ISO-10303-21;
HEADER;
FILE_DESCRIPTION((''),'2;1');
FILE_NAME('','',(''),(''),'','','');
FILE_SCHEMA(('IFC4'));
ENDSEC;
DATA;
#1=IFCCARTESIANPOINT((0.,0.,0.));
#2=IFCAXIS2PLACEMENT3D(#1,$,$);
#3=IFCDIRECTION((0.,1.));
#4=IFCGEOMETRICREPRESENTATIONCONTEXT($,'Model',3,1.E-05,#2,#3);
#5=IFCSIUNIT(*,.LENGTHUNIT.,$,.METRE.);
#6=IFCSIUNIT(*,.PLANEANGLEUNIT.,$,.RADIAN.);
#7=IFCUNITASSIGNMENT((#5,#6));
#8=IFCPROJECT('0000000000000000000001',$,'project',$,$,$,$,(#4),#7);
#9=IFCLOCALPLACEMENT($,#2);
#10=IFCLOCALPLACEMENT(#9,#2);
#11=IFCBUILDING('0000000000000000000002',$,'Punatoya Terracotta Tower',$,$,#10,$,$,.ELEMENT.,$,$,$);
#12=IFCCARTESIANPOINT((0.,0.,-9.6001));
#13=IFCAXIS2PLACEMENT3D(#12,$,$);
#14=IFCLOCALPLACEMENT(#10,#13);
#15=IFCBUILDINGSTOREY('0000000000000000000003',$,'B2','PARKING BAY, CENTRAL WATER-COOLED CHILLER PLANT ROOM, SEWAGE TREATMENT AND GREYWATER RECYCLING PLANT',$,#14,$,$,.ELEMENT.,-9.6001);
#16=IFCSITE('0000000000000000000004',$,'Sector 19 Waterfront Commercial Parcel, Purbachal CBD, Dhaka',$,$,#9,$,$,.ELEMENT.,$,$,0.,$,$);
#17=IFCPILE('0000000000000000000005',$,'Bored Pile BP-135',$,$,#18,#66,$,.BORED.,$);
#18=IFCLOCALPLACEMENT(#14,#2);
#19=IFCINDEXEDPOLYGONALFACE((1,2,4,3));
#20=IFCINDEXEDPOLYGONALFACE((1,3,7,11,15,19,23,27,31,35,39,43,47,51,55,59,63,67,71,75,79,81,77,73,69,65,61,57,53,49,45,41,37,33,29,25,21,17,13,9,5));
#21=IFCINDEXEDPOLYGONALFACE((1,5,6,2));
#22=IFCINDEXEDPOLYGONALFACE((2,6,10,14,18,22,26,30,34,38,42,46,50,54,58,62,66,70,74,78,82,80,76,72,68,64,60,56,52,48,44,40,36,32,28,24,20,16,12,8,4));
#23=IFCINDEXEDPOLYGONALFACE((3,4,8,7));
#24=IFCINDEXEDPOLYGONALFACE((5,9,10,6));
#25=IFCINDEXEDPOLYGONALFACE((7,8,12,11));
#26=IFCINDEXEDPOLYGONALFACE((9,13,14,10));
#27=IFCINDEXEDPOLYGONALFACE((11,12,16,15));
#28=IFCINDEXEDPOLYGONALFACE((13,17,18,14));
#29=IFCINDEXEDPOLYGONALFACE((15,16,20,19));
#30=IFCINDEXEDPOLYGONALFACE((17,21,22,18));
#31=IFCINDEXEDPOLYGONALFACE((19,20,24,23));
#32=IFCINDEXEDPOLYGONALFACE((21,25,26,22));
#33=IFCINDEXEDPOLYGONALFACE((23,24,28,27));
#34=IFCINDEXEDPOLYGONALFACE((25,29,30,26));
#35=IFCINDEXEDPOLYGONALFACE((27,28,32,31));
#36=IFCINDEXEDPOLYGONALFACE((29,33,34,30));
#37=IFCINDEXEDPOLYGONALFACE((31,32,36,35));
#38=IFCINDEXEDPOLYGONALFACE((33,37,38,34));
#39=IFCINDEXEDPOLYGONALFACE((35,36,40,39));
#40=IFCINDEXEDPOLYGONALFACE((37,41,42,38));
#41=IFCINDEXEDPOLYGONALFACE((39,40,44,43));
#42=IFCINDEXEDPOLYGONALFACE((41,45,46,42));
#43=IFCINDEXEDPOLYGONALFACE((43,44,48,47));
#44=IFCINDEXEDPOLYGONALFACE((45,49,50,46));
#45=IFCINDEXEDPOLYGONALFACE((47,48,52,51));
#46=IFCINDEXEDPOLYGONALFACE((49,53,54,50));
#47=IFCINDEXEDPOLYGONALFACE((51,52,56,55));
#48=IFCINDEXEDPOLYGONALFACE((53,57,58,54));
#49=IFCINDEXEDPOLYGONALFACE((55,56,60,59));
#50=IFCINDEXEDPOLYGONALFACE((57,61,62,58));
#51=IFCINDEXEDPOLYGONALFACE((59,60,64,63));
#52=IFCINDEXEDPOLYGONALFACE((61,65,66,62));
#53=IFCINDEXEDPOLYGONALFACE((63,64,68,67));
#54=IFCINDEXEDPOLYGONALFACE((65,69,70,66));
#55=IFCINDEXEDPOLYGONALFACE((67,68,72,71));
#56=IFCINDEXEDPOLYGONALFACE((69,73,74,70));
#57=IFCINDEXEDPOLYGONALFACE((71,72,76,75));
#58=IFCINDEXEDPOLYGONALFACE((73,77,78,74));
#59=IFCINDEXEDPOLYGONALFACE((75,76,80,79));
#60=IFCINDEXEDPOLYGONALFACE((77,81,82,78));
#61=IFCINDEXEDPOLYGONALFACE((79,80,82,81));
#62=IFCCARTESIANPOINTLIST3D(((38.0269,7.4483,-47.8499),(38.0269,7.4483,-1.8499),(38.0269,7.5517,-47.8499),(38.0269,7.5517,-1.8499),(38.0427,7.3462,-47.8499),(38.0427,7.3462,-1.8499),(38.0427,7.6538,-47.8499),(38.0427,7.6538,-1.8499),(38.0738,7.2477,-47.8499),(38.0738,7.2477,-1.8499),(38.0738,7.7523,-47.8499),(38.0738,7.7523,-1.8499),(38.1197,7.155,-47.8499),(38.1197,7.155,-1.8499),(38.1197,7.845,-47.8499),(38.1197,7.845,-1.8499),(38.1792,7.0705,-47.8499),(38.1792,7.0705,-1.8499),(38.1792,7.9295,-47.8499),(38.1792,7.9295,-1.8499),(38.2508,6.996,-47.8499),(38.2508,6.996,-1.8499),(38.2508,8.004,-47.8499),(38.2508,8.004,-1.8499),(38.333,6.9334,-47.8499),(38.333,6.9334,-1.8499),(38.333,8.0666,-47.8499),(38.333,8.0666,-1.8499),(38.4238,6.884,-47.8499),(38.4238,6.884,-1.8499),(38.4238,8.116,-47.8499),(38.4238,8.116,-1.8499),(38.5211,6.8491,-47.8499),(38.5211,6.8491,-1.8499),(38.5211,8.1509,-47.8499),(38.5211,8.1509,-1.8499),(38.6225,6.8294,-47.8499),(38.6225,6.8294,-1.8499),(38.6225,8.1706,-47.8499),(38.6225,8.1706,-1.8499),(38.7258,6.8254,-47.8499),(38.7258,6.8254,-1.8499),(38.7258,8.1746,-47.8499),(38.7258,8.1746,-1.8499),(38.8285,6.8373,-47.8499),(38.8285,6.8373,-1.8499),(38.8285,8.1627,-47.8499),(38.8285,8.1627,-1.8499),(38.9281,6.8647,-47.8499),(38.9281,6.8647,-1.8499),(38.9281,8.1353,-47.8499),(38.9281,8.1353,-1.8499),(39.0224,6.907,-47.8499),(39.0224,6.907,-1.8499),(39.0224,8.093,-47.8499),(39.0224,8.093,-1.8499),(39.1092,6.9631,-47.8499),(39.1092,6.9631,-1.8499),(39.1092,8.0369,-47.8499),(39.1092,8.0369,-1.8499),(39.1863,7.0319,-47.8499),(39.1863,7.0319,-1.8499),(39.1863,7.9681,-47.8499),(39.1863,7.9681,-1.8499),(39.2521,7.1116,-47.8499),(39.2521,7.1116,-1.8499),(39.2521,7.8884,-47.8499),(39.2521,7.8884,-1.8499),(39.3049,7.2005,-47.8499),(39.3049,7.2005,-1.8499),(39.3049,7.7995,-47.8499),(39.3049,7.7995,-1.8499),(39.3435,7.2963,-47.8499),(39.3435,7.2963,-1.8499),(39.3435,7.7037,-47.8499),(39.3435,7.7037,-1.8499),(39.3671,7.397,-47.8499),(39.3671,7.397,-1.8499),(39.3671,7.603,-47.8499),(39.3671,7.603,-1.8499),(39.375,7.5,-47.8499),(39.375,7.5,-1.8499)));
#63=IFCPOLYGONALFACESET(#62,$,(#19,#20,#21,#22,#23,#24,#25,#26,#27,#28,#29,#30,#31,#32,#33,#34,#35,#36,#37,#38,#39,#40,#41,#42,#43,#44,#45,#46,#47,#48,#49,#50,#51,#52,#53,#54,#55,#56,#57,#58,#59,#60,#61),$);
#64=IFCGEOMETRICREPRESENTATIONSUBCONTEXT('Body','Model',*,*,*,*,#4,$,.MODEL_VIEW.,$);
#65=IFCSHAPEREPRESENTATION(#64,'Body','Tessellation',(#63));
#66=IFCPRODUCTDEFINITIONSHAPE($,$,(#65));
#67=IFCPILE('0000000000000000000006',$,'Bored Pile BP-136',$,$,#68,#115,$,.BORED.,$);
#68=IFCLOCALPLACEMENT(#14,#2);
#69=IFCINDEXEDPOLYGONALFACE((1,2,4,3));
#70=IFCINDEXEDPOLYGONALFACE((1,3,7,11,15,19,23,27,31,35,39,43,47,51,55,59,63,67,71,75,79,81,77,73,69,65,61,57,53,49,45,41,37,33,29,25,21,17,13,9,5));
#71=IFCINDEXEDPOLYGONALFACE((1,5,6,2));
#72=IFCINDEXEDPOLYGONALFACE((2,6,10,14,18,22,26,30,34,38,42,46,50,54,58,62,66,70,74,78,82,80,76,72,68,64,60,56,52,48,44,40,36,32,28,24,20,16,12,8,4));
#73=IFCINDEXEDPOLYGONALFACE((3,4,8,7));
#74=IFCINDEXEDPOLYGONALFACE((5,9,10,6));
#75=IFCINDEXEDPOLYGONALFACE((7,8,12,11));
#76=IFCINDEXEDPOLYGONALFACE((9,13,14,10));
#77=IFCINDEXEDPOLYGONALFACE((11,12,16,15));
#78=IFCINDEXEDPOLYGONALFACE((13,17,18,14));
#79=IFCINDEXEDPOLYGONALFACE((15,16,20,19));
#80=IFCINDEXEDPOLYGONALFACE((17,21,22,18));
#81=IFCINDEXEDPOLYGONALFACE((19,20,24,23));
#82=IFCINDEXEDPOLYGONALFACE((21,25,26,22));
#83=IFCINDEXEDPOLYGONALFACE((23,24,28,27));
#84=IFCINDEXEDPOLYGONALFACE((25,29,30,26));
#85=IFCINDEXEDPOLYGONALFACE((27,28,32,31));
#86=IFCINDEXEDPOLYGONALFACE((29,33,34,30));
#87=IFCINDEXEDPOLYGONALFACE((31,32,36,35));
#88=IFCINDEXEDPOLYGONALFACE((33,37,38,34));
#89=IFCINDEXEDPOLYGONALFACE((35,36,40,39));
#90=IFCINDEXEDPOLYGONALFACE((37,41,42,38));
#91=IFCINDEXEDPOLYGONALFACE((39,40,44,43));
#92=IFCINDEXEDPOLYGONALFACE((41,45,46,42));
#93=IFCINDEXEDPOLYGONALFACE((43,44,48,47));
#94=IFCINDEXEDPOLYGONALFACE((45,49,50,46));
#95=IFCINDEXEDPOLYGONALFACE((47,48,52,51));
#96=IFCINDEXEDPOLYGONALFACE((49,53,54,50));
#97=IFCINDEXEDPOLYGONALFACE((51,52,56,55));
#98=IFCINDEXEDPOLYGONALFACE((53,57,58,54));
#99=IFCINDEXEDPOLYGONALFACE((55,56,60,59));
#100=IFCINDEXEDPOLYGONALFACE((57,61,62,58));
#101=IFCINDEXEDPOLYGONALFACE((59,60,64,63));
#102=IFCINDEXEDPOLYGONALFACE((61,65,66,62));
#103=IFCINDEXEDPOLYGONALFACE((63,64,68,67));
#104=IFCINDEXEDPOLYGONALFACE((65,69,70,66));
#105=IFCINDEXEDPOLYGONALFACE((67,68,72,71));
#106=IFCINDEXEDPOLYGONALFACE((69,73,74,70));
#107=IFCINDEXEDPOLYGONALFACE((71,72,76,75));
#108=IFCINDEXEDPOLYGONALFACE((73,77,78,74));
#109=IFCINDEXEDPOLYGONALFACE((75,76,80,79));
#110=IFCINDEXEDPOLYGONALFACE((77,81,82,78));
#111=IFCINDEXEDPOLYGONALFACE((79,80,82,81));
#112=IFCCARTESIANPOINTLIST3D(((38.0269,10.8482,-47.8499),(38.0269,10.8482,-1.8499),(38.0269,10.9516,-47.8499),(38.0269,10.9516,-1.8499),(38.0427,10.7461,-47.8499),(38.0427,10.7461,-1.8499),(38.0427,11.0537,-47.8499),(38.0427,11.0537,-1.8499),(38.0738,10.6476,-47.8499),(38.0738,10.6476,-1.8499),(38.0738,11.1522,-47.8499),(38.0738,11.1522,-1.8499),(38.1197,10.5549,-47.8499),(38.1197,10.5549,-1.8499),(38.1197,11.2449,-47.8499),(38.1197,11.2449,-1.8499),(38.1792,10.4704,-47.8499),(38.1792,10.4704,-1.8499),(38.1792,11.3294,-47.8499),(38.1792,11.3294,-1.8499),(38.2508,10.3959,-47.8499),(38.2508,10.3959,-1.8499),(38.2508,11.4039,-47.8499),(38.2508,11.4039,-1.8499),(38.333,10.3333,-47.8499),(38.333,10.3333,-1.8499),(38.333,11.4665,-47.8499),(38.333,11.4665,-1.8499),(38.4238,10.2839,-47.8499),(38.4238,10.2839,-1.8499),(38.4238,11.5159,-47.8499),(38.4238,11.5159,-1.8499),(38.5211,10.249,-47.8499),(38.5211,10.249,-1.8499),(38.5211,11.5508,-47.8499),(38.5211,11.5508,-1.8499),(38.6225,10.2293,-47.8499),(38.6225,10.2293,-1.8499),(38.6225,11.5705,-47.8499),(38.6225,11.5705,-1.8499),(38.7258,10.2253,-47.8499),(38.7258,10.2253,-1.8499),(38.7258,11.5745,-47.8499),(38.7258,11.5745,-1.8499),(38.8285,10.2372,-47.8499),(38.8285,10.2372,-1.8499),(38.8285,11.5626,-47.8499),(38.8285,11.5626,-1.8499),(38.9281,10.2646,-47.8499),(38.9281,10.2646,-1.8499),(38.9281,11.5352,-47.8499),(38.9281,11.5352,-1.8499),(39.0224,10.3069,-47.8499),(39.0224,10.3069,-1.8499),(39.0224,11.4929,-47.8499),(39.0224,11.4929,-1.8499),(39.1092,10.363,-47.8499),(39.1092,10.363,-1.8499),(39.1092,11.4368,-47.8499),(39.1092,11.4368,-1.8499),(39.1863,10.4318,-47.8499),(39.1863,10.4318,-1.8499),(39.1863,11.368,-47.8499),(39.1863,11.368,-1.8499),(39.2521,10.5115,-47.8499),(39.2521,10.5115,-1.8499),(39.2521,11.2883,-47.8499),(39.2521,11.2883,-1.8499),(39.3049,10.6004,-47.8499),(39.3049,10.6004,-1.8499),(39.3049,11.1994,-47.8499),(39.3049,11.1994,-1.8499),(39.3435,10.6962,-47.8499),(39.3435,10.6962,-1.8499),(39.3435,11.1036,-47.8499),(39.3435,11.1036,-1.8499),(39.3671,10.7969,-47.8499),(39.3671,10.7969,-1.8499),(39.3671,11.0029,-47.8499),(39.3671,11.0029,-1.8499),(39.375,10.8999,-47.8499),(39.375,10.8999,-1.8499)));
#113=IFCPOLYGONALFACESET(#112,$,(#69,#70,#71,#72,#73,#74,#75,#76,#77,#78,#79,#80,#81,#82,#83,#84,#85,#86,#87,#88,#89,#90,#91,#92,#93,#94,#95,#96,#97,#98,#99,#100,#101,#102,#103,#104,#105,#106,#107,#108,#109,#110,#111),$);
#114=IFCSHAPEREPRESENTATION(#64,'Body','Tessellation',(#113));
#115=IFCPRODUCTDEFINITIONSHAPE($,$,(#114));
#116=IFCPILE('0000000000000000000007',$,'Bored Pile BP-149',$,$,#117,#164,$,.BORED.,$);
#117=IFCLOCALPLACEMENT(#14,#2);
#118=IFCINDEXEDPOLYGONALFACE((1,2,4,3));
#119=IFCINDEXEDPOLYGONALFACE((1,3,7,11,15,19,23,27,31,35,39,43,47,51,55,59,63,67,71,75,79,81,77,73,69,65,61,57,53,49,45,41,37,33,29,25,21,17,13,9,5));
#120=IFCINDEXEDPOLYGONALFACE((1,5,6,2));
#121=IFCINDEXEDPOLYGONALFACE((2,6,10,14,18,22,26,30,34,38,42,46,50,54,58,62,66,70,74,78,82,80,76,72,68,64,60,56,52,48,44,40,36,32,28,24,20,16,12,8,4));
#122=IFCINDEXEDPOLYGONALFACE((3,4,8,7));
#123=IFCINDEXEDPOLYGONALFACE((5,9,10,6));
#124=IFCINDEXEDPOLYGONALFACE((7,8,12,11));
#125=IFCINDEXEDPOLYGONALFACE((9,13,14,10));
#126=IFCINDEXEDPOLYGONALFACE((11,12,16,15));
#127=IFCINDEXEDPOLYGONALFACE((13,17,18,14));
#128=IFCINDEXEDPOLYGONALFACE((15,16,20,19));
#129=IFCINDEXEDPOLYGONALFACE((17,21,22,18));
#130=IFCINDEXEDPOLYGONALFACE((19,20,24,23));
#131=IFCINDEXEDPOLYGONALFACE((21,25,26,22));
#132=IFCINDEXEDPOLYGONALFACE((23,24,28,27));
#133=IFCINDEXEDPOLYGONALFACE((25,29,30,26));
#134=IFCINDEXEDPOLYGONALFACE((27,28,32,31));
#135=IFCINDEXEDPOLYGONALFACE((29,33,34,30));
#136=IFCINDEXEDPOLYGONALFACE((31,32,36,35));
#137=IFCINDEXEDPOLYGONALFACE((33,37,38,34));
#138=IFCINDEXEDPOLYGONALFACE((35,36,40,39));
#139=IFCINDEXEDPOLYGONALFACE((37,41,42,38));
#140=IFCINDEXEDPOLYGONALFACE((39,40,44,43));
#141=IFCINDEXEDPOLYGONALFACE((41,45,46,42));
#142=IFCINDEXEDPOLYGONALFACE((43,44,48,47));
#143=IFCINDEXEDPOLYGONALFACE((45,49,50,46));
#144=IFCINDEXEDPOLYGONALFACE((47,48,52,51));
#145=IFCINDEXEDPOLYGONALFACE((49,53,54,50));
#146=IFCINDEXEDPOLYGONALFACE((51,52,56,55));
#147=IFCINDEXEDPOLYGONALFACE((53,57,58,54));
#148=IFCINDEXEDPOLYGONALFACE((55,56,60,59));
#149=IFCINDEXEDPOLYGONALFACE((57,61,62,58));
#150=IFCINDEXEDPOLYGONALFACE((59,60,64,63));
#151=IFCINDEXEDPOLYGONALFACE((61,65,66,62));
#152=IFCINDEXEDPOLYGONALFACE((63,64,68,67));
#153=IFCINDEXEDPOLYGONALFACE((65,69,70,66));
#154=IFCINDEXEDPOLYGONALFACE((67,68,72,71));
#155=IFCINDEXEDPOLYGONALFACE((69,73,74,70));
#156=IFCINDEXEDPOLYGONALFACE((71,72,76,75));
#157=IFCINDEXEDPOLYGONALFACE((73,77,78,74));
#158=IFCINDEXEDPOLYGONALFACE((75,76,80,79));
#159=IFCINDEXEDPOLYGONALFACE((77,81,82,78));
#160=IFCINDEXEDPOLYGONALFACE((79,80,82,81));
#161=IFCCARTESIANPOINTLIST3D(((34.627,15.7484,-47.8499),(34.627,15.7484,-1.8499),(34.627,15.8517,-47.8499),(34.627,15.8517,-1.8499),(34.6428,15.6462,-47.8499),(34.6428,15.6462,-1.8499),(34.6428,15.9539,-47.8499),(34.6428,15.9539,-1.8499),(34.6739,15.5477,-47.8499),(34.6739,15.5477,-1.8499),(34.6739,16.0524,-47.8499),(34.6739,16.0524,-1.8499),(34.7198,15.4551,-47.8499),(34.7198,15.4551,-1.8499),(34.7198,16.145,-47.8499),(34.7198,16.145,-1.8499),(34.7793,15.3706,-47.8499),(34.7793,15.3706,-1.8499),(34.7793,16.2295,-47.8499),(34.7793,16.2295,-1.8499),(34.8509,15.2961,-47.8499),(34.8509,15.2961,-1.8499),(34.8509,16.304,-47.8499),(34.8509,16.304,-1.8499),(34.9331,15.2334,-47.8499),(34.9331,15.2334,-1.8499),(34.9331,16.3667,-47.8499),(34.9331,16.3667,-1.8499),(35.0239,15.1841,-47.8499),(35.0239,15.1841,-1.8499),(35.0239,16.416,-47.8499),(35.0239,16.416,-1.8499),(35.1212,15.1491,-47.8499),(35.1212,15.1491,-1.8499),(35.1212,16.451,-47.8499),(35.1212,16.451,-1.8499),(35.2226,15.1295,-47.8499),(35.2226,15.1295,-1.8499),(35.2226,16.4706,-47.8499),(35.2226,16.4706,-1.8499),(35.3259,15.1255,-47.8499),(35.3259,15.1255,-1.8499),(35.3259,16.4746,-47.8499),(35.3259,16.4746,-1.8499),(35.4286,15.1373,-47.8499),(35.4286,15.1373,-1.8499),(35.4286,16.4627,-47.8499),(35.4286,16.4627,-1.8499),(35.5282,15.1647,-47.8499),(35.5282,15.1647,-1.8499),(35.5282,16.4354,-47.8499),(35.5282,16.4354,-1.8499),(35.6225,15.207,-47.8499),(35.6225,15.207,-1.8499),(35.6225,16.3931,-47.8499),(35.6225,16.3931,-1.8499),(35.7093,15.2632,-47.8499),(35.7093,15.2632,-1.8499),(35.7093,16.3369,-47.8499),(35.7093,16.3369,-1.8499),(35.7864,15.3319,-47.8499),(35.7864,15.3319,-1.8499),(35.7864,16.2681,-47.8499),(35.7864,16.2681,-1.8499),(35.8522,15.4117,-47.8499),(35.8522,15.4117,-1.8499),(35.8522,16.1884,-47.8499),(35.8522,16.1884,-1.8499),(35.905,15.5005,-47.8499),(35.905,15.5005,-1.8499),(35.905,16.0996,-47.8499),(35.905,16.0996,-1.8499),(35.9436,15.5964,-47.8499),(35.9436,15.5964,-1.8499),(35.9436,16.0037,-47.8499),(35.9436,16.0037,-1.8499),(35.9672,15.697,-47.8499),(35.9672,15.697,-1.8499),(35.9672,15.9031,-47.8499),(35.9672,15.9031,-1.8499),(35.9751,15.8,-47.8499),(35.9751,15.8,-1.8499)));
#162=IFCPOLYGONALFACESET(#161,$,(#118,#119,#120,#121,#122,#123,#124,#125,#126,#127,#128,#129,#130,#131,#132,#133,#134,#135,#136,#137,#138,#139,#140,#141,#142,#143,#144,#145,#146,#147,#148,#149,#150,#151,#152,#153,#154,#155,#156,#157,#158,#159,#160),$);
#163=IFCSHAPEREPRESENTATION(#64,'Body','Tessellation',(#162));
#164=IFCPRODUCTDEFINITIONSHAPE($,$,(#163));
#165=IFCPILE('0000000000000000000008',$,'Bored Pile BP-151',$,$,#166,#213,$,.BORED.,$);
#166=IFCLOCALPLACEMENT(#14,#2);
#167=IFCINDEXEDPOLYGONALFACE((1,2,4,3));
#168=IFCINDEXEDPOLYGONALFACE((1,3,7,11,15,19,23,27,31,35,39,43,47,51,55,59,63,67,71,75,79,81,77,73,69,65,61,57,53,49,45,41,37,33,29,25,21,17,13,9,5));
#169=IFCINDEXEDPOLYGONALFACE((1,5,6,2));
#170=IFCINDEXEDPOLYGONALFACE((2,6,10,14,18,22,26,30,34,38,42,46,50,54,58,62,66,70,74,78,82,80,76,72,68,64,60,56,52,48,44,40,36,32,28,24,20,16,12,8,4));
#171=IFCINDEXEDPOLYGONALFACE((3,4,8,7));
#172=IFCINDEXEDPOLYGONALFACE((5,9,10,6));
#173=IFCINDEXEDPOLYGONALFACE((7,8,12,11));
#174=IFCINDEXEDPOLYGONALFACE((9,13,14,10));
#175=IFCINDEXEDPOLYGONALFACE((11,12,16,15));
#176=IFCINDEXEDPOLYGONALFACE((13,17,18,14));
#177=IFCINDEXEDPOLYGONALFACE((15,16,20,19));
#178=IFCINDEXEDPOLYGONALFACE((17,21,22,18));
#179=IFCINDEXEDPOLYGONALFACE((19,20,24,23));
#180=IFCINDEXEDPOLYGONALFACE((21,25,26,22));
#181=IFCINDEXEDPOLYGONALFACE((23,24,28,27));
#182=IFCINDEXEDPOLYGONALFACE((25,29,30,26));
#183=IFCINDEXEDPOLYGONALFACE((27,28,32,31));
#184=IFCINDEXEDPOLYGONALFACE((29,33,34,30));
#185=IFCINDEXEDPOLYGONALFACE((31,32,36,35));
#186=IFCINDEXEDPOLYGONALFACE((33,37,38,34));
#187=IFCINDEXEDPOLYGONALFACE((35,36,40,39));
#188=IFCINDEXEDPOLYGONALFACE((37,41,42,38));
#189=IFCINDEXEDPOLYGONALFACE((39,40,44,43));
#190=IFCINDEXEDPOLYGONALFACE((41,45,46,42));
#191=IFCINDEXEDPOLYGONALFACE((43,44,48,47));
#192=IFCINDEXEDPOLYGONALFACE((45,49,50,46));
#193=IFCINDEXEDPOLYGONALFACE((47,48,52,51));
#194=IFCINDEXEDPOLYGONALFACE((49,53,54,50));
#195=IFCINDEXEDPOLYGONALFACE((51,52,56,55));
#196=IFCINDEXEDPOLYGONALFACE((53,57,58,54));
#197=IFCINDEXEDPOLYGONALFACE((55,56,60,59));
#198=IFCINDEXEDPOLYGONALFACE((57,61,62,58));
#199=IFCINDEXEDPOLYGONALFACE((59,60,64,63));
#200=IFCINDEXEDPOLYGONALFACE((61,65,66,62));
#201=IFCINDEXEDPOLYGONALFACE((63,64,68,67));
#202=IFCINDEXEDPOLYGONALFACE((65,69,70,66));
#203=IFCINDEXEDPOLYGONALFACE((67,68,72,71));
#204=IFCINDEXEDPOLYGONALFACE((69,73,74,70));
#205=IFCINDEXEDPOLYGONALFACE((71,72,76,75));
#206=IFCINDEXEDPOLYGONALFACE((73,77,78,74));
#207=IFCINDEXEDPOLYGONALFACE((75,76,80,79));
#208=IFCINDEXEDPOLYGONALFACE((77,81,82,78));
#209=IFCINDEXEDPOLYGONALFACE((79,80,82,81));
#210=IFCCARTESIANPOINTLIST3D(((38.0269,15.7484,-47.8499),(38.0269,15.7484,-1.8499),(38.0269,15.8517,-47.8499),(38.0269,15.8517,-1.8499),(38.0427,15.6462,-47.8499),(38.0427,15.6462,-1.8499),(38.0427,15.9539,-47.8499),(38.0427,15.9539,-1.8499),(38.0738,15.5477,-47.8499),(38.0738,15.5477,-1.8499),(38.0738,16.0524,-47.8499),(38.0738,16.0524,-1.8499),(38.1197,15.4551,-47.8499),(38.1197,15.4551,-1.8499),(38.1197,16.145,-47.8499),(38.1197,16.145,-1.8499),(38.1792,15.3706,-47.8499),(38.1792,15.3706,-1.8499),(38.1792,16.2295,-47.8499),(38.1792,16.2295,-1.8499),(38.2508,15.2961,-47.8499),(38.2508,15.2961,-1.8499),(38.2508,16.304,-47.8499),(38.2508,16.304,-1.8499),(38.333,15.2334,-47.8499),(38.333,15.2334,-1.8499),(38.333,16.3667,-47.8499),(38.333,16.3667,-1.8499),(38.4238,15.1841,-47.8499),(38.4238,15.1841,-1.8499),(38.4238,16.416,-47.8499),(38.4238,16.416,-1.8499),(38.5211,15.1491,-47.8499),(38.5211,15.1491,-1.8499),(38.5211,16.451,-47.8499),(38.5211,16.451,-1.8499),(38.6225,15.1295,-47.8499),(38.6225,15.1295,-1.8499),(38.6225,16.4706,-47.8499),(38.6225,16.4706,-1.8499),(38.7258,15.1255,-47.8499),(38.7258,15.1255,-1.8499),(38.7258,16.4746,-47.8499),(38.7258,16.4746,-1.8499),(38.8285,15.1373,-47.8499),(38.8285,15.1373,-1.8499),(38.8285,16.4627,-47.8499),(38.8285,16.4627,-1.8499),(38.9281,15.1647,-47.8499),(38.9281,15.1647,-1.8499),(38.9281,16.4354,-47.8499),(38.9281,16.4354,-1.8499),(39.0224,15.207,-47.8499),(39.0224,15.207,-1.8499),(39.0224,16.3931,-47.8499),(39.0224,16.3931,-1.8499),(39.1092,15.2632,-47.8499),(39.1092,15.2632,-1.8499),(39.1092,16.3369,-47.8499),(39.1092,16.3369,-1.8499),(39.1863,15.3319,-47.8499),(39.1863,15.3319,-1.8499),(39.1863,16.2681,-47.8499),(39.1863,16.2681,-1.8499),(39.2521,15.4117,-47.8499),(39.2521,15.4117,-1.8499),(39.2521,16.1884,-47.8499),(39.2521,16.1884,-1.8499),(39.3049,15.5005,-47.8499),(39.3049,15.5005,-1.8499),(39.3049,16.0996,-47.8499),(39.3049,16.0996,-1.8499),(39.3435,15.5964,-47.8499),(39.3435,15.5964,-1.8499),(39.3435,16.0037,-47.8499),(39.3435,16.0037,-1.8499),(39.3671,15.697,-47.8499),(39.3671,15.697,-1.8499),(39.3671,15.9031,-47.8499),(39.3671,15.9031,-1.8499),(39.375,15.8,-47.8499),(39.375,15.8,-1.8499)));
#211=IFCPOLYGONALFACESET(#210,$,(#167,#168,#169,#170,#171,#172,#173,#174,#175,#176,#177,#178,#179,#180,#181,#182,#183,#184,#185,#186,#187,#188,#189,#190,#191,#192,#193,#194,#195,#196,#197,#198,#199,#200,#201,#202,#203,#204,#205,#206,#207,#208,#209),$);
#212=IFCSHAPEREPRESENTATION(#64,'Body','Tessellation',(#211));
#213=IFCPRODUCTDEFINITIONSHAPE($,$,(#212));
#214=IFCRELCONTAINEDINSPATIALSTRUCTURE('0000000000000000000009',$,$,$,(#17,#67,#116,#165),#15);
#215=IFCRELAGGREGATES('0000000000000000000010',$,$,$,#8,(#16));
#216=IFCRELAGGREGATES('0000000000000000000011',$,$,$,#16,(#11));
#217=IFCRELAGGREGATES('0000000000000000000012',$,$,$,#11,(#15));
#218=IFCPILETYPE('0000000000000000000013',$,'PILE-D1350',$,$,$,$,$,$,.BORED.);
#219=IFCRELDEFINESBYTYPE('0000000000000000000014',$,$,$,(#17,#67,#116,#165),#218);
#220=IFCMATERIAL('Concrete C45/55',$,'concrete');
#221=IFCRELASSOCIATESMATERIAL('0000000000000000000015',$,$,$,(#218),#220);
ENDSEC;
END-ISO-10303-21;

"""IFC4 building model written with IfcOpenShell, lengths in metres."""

from ifc_helpers import new_model, si_unit, direction, frame, origin, origin_2d, place, context, subcontext, project, spatial, circle, extrude, material, material_profile, profile_set, type_object, element, save


model = new_model("IFC4")

# Units and contexts
model_context = context("Model", 3, precision=1e-05, world=origin(), true_north=direction((0.0, 1.0)))
body_context = subcontext(model_context, "Body", "Model", "MODEL_VIEW")
ifc_project = project(units=[si_unit("LENGTHUNIT", "METRE"), si_unit("PLANEANGLEUNIT", "RADIAN")], contexts=[model_context])

# Site, building, storey
site_placement = place(None, origin())
site = spatial("IfcSite", under=ifc_project, at=site_placement, Name="Sector 19 Waterfront Commercial Parcel, Purbachal CBD, Dhaka", CompositionType="ELEMENT", RefElevation=0.0)
building_placement = place(site_placement, origin())
building = spatial("IfcBuilding", under=site, at=building_placement, Name="Punatoya Terracotta Tower", CompositionType="ELEMENT")
storey_placement = place(building_placement, frame((0.0, 0.0, -9.6001)))
storey = spatial("IfcBuildingStorey", under=building, at=storey_placement, Name="B2", Description="PARKING BAY, CENTRAL WATER-COOLED CHILLER PLANT ROOM, SEWAGE TREATMENT AND GREYWATER RECYCLING PLANT", CompositionType="ELEMENT", Elevation=-9.6001)

# Shared definitions
ifc_material_1 = material(Name="Concrete C45/55", Category="concrete")

# Piles
ifc_material_profile_1 = material_profile(ifc_material_1, circle(Radius=0.675, at=origin_2d()))
ifc_profile_set_1 = profile_set([ifc_material_profile_1], Name="Concrete C45/55")
pile_type_1 = type_object("IfcPileType", Name="PILE-D1350", PredefinedType="BORED", material=ifc_profile_set_1)
for number, where, z_axis, x_axis, name in (
    (1, (38.7, 7.5, -1.8499), (0.0, 0.0, -1.0), (1.0, 0.0, 0.0), "Bored Pile BP-135"),
    (2, (38.7, 10.8999, -1.8499), (0.0, 0.0, -1.0), (1.0, 0.0, 0.0), "Bored Pile BP-136"),
    (3, (35.3, 15.8, -1.8499), (0.0, 0.0, -1.0), (1.0, 0.0, 0.0), "Bored Pile BP-149"),
    (4, (38.7, 15.8, -1.8499), (0.0, 0.0, -1.0), (1.0, 0.0, 0.0), "Bored Pile BP-151"),
):
    element("IfcPile", number, at=place(storey_placement, frame(where, z_axis=z_axis, x_axis=x_axis)), inside=storey, type_object=pile_type_1, Name=name, PredefinedType="BORED", context=body_context, shape_type="SweptSolid", body=[
        extrude(circle(Radius=0.675, at=origin_2d()), origin(), (0.0, 0.0, 1.0), 46.0),
    ])

save(model, "model.ifc")
